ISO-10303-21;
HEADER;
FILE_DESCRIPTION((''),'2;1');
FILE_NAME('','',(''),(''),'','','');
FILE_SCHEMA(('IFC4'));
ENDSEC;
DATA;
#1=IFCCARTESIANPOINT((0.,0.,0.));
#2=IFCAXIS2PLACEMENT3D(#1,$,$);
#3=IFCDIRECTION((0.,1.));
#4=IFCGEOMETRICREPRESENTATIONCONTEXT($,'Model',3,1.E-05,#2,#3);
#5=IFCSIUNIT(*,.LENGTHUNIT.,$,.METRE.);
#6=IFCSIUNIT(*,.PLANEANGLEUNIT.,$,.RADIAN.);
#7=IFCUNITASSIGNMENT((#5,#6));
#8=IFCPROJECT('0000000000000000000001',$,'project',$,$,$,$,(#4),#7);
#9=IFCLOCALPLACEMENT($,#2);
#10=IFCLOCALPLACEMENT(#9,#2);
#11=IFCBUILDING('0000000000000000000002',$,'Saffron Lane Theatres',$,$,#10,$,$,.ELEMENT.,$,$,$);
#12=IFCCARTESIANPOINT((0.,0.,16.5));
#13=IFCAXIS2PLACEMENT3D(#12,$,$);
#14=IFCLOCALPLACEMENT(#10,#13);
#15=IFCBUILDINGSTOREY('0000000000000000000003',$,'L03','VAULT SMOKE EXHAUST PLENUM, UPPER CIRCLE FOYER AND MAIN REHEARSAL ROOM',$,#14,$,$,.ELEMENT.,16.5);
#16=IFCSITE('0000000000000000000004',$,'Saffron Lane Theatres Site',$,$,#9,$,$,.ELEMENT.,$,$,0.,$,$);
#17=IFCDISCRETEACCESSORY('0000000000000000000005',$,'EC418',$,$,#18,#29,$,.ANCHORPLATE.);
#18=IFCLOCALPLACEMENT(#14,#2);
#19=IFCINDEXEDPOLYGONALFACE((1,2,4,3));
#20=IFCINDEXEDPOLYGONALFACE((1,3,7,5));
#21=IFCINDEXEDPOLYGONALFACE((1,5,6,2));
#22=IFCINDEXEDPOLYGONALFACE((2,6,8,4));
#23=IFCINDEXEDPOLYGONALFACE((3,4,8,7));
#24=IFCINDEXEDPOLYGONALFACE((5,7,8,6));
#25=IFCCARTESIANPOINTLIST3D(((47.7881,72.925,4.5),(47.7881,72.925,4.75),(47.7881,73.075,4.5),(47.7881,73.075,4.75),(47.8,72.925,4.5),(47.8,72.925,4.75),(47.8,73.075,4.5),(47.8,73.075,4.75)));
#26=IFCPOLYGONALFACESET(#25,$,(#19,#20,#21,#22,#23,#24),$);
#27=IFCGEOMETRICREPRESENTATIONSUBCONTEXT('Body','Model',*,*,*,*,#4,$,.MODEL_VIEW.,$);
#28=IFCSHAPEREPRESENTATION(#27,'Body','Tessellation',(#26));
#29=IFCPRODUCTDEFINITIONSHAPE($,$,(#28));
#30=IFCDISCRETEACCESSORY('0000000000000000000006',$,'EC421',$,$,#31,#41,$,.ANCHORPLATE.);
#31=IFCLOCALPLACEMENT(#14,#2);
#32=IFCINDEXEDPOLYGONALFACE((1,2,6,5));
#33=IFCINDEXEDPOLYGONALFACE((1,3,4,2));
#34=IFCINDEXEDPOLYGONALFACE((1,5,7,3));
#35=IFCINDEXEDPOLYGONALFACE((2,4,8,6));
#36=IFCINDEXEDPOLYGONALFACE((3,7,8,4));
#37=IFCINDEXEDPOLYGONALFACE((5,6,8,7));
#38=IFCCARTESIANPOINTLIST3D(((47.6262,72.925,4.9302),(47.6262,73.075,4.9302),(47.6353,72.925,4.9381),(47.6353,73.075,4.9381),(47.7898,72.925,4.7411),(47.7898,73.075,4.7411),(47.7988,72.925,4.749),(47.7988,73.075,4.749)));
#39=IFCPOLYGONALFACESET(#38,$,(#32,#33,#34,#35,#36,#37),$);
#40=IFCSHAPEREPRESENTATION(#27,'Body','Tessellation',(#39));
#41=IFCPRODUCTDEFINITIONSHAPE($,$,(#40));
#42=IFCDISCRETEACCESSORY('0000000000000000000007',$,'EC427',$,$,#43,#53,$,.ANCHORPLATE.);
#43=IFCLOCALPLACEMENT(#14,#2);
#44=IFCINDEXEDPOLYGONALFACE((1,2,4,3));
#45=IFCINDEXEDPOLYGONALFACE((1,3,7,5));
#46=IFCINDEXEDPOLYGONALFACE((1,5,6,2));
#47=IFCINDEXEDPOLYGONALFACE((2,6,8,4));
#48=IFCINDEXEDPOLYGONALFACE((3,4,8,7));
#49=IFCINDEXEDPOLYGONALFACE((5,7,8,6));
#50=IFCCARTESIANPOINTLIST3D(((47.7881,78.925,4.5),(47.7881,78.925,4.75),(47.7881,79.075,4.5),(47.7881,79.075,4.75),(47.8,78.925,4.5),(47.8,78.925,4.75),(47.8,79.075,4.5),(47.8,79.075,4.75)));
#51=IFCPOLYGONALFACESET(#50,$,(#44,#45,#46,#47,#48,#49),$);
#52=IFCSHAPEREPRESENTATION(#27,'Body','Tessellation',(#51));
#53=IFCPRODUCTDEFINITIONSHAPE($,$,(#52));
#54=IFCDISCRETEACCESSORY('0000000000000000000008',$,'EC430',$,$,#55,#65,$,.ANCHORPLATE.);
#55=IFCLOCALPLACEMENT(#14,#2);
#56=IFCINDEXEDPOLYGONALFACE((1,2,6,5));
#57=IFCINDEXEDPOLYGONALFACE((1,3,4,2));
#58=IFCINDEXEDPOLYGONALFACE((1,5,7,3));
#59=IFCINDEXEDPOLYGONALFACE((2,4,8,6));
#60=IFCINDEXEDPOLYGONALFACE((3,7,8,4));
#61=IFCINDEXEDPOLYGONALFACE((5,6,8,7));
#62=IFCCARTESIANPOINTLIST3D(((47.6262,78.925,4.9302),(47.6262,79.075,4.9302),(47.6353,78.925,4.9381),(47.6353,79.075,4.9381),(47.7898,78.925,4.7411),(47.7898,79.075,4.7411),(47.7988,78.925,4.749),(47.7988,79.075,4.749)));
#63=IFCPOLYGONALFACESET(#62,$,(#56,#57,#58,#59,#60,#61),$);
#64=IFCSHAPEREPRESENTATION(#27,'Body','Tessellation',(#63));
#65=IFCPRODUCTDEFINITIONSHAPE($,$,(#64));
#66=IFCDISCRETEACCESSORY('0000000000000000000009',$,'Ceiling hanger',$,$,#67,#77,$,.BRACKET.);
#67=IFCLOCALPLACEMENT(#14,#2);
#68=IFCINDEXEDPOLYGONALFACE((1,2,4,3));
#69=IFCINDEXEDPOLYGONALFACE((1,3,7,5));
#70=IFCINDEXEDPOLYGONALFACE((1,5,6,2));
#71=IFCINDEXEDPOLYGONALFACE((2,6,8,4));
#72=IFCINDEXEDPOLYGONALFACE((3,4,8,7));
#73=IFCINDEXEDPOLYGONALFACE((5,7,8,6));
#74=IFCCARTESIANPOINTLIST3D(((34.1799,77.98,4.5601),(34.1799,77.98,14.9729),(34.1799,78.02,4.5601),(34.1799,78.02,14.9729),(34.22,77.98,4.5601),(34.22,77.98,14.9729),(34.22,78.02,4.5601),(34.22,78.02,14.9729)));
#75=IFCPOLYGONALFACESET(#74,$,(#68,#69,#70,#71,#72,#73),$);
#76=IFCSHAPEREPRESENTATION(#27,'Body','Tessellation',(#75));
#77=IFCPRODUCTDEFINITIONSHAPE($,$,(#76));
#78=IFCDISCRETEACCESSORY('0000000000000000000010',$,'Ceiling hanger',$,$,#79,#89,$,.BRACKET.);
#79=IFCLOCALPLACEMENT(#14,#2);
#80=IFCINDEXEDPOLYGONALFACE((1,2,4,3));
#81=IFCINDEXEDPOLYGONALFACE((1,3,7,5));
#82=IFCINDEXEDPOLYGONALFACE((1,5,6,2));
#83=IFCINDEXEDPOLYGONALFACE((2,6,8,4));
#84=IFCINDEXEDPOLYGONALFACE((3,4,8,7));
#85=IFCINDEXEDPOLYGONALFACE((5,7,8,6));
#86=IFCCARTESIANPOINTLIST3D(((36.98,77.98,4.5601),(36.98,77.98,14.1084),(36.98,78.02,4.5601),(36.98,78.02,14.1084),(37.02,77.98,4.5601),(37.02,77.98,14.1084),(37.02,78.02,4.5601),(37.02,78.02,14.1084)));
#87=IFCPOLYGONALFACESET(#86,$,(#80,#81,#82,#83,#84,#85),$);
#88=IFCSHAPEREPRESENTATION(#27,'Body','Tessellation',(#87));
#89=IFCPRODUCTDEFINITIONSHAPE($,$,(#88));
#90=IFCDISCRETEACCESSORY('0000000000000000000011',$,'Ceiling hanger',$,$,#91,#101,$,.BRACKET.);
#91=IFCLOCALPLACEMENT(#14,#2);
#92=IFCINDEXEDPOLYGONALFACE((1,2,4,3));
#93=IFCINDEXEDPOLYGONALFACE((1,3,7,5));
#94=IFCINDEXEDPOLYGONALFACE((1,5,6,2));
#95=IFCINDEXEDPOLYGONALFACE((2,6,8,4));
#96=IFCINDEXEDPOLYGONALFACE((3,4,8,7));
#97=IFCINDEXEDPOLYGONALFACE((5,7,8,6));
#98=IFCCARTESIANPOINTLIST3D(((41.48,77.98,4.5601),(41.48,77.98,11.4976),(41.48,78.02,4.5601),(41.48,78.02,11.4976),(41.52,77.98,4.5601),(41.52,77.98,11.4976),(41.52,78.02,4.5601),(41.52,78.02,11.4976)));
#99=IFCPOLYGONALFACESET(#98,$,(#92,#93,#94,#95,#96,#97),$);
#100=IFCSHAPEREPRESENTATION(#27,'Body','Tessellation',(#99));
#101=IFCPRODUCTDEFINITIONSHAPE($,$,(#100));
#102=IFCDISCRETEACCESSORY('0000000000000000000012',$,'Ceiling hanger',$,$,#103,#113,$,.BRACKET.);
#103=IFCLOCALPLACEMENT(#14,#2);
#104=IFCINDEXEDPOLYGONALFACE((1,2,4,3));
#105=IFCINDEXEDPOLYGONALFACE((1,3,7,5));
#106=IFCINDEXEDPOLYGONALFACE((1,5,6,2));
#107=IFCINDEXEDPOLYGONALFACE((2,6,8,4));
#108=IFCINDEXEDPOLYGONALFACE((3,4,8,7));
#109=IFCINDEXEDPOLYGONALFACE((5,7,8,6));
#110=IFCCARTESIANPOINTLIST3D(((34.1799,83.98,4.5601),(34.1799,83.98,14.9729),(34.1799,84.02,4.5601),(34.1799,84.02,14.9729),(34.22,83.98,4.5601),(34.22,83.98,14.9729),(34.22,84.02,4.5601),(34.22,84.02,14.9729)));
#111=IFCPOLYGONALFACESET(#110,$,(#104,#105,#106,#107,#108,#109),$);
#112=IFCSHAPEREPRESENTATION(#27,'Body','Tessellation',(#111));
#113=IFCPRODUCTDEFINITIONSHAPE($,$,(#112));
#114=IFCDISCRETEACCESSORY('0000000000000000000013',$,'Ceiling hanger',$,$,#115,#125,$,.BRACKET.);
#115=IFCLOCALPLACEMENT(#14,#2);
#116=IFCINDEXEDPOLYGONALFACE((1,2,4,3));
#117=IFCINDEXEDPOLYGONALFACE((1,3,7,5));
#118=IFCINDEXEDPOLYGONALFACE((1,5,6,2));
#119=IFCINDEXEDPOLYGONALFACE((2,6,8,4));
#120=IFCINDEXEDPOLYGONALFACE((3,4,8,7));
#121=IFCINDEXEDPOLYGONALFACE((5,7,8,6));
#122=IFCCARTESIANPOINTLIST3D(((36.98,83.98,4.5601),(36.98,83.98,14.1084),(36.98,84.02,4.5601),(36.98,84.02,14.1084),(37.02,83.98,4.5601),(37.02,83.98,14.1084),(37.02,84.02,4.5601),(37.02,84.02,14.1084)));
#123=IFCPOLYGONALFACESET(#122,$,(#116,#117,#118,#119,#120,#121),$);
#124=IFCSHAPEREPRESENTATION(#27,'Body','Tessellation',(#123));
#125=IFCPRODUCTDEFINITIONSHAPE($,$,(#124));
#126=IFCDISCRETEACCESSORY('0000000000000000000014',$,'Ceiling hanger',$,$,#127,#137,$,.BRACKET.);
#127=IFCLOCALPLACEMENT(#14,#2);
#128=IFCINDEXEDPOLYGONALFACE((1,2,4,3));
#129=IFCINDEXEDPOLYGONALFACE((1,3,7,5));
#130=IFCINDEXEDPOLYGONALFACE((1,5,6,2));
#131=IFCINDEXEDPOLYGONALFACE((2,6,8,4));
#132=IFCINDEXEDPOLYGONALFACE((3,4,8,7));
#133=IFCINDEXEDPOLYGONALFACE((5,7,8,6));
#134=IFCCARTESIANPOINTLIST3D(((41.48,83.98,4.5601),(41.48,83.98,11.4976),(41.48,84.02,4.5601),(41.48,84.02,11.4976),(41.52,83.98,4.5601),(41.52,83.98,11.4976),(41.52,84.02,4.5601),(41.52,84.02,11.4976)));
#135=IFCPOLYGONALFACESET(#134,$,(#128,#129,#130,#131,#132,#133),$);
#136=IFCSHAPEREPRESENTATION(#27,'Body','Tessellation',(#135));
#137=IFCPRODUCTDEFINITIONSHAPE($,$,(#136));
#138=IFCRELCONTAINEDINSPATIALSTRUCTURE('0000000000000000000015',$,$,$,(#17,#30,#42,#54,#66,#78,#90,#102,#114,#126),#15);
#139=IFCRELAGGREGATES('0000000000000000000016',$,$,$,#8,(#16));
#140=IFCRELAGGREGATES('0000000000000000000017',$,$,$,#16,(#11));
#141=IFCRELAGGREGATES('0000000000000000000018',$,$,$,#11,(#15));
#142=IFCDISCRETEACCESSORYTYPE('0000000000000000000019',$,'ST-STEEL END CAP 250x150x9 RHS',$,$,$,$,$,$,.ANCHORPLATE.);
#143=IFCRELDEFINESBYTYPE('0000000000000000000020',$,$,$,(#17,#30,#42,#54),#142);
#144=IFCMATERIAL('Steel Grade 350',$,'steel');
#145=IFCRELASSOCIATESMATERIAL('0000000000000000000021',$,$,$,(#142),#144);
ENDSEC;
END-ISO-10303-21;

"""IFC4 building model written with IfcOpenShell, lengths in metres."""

from ifc_helpers import new_model, si_unit, direction, frame, origin, origin_2d, place, context, subcontext, project, spatial, rectangle, extrude, material, material_profile, profile_set, type_object, element, save


model = new_model("IFC4")

# Units and contexts
model_context = context("Model", 3, precision=1e-05, world=origin(), true_north=direction((0.0, 1.0)))
body_context = subcontext(model_context, "Body", "Model", "MODEL_VIEW")
ifc_project = project(units=[si_unit("LENGTHUNIT", "METRE"), si_unit("PLANEANGLEUNIT", "RADIAN")], contexts=[model_context])

# Site, building, storey
site_placement = place(None, origin())
site = spatial("IfcSite", under=ifc_project, at=site_placement, Name="Saffron Lane Theatres Site", CompositionType="ELEMENT", RefElevation=0.0)
building_placement = place(site_placement, origin())
building = spatial("IfcBuilding", under=site, at=building_placement, Name="Saffron Lane Theatres", CompositionType="ELEMENT")
storey_placement = place(building_placement, frame((0.0, 0.0, 16.5)))
storey = spatial("IfcBuildingStorey", under=building, at=storey_placement, Name="L03", Description="VAULT SMOKE EXHAUST PLENUM, UPPER CIRCLE FOYER AND MAIN REHEARSAL ROOM", CompositionType="ELEMENT", Elevation=16.5)

# Discrete accessories
ifc_material_1 = material(Name="Steel Grade 350", Category="steel")
ifc_material_profile_1 = material_profile(ifc_material_1, rectangle(XDim=0.1499, YDim=0.25, at=origin_2d()))
ifc_profile_set_1 = profile_set([ifc_material_profile_1], Name="Steel Grade 350")
discrete_accessory_type_1 = type_object("IfcDiscreteAccessoryType", Name="ST-STEEL END CAP 250x150x9 RHS", PredefinedType="ANCHORPLATE", material=ifc_profile_set_1)
for number, where, z_axis, x_axis, name in (
    (1, (47.8, 73.0, 4.625), (-1.0, 0.0, 0.0), (0.0, -1.0, 0.0), "EC418"),
    (2, (47.708, 73.0, 4.8357), (0.756363, 0.0, 0.654152), (0.0, 1.0, 0.0), "EC421"),
    (3, (47.8, 79.0, 4.625), (-1.0, 0.0, 0.0), (0.0, -1.0, 0.0), "EC427"),
    (4, (47.708, 79.0, 4.8357), (0.756363, 0.0, 0.654152), (0.0, 1.0, 0.0), "EC430"),
):
    element("IfcDiscreteAccessory", number, at=place(storey_placement, frame(where, z_axis=z_axis, x_axis=x_axis)), inside=storey, type_object=discrete_accessory_type_1, Name=name, PredefinedType="ANCHORPLATE", context=body_context, shape_type="SweptSolid", body=[
        extrude(rectangle(XDim=0.1499, YDim=0.25, at=origin_2d()), origin(), (0.0, 0.0, 1.0), 0.012),
    ])
discrete_accessory_1_placement = place(storey_placement, frame((34.2, 78.0, 4.5601), z_axis=(0.0, 0.0, 1.0), x_axis=(1.0, 0.0, 0.0)))
element("IfcDiscreteAccessory", 5, at=discrete_accessory_1_placement, inside=storey, Name="Ceiling hanger", PredefinedType="BRACKET", context=body_context, shape_type="SweptSolid", body=[
    extrude(rectangle(XDim=0.04, YDim=0.04, at=origin_2d()), origin(), (0.0, 0.0, 1.0), 10.4128),
])
discrete_accessory_2_placement = place(storey_placement, frame((37.0, 78.0, 4.5601), z_axis=(0.0, 0.0, 1.0), x_axis=(1.0, 0.0, 0.0)))
element("IfcDiscreteAccessory", 6, at=discrete_accessory_2_placement, inside=storey, Name="Ceiling hanger", PredefinedType="BRACKET", context=body_context, shape_type="SweptSolid", body=[
    extrude(rectangle(XDim=0.04, YDim=0.04, at=origin_2d()), origin(), (0.0, 0.0, 1.0), 9.5483),
])
discrete_accessory_3_placement = place(storey_placement, frame((41.5, 78.0, 4.5601), z_axis=(0.0, 0.0, 1.0), x_axis=(1.0, 0.0, 0.0)))
element("IfcDiscreteAccessory", 7, at=discrete_accessory_3_placement, inside=storey, Name="Ceiling hanger", PredefinedType="BRACKET", context=body_context, shape_type="SweptSolid", body=[
    extrude(rectangle(XDim=0.04, YDim=0.04, at=origin_2d()), origin(), (0.0, 0.0, 1.0), 6.9375),
])
discrete_accessory_4_placement = place(storey_placement, frame((34.2, 84.0, 4.5601), z_axis=(0.0, 0.0, 1.0), x_axis=(1.0, 0.0, 0.0)))
element("IfcDiscreteAccessory", 8, at=discrete_accessory_4_placement, inside=storey, Name="Ceiling hanger", PredefinedType="BRACKET", context=body_context, shape_type="SweptSolid", body=[
    extrude(rectangle(XDim=0.04, YDim=0.04, at=origin_2d()), origin(), (0.0, 0.0, 1.0), 10.4128),
])
discrete_accessory_5_placement = place(storey_placement, frame((37.0, 84.0, 4.5601), z_axis=(0.0, 0.0, 1.0), x_axis=(1.0, 0.0, 0.0)))
element("IfcDiscreteAccessory", 9, at=discrete_accessory_5_placement, inside=storey, Name="Ceiling hanger", PredefinedType="BRACKET", context=body_context, shape_type="SweptSolid", body=[
    extrude(rectangle(XDim=0.04, YDim=0.04, at=origin_2d()), origin(), (0.0, 0.0, 1.0), 9.5483),
])
discrete_accessory_6_placement = place(storey_placement, frame((41.5, 84.0, 4.5601), z_axis=(0.0, 0.0, 1.0), x_axis=(1.0, 0.0, 0.0)))
element("IfcDiscreteAccessory", 10, at=discrete_accessory_6_placement, inside=storey, Name="Ceiling hanger", PredefinedType="BRACKET", context=body_context, shape_type="SweptSolid", body=[
    extrude(rectangle(XDim=0.04, YDim=0.04, at=origin_2d()), origin(), (0.0, 0.0, 1.0), 6.9375),
])

save(model, "model.ifc")
